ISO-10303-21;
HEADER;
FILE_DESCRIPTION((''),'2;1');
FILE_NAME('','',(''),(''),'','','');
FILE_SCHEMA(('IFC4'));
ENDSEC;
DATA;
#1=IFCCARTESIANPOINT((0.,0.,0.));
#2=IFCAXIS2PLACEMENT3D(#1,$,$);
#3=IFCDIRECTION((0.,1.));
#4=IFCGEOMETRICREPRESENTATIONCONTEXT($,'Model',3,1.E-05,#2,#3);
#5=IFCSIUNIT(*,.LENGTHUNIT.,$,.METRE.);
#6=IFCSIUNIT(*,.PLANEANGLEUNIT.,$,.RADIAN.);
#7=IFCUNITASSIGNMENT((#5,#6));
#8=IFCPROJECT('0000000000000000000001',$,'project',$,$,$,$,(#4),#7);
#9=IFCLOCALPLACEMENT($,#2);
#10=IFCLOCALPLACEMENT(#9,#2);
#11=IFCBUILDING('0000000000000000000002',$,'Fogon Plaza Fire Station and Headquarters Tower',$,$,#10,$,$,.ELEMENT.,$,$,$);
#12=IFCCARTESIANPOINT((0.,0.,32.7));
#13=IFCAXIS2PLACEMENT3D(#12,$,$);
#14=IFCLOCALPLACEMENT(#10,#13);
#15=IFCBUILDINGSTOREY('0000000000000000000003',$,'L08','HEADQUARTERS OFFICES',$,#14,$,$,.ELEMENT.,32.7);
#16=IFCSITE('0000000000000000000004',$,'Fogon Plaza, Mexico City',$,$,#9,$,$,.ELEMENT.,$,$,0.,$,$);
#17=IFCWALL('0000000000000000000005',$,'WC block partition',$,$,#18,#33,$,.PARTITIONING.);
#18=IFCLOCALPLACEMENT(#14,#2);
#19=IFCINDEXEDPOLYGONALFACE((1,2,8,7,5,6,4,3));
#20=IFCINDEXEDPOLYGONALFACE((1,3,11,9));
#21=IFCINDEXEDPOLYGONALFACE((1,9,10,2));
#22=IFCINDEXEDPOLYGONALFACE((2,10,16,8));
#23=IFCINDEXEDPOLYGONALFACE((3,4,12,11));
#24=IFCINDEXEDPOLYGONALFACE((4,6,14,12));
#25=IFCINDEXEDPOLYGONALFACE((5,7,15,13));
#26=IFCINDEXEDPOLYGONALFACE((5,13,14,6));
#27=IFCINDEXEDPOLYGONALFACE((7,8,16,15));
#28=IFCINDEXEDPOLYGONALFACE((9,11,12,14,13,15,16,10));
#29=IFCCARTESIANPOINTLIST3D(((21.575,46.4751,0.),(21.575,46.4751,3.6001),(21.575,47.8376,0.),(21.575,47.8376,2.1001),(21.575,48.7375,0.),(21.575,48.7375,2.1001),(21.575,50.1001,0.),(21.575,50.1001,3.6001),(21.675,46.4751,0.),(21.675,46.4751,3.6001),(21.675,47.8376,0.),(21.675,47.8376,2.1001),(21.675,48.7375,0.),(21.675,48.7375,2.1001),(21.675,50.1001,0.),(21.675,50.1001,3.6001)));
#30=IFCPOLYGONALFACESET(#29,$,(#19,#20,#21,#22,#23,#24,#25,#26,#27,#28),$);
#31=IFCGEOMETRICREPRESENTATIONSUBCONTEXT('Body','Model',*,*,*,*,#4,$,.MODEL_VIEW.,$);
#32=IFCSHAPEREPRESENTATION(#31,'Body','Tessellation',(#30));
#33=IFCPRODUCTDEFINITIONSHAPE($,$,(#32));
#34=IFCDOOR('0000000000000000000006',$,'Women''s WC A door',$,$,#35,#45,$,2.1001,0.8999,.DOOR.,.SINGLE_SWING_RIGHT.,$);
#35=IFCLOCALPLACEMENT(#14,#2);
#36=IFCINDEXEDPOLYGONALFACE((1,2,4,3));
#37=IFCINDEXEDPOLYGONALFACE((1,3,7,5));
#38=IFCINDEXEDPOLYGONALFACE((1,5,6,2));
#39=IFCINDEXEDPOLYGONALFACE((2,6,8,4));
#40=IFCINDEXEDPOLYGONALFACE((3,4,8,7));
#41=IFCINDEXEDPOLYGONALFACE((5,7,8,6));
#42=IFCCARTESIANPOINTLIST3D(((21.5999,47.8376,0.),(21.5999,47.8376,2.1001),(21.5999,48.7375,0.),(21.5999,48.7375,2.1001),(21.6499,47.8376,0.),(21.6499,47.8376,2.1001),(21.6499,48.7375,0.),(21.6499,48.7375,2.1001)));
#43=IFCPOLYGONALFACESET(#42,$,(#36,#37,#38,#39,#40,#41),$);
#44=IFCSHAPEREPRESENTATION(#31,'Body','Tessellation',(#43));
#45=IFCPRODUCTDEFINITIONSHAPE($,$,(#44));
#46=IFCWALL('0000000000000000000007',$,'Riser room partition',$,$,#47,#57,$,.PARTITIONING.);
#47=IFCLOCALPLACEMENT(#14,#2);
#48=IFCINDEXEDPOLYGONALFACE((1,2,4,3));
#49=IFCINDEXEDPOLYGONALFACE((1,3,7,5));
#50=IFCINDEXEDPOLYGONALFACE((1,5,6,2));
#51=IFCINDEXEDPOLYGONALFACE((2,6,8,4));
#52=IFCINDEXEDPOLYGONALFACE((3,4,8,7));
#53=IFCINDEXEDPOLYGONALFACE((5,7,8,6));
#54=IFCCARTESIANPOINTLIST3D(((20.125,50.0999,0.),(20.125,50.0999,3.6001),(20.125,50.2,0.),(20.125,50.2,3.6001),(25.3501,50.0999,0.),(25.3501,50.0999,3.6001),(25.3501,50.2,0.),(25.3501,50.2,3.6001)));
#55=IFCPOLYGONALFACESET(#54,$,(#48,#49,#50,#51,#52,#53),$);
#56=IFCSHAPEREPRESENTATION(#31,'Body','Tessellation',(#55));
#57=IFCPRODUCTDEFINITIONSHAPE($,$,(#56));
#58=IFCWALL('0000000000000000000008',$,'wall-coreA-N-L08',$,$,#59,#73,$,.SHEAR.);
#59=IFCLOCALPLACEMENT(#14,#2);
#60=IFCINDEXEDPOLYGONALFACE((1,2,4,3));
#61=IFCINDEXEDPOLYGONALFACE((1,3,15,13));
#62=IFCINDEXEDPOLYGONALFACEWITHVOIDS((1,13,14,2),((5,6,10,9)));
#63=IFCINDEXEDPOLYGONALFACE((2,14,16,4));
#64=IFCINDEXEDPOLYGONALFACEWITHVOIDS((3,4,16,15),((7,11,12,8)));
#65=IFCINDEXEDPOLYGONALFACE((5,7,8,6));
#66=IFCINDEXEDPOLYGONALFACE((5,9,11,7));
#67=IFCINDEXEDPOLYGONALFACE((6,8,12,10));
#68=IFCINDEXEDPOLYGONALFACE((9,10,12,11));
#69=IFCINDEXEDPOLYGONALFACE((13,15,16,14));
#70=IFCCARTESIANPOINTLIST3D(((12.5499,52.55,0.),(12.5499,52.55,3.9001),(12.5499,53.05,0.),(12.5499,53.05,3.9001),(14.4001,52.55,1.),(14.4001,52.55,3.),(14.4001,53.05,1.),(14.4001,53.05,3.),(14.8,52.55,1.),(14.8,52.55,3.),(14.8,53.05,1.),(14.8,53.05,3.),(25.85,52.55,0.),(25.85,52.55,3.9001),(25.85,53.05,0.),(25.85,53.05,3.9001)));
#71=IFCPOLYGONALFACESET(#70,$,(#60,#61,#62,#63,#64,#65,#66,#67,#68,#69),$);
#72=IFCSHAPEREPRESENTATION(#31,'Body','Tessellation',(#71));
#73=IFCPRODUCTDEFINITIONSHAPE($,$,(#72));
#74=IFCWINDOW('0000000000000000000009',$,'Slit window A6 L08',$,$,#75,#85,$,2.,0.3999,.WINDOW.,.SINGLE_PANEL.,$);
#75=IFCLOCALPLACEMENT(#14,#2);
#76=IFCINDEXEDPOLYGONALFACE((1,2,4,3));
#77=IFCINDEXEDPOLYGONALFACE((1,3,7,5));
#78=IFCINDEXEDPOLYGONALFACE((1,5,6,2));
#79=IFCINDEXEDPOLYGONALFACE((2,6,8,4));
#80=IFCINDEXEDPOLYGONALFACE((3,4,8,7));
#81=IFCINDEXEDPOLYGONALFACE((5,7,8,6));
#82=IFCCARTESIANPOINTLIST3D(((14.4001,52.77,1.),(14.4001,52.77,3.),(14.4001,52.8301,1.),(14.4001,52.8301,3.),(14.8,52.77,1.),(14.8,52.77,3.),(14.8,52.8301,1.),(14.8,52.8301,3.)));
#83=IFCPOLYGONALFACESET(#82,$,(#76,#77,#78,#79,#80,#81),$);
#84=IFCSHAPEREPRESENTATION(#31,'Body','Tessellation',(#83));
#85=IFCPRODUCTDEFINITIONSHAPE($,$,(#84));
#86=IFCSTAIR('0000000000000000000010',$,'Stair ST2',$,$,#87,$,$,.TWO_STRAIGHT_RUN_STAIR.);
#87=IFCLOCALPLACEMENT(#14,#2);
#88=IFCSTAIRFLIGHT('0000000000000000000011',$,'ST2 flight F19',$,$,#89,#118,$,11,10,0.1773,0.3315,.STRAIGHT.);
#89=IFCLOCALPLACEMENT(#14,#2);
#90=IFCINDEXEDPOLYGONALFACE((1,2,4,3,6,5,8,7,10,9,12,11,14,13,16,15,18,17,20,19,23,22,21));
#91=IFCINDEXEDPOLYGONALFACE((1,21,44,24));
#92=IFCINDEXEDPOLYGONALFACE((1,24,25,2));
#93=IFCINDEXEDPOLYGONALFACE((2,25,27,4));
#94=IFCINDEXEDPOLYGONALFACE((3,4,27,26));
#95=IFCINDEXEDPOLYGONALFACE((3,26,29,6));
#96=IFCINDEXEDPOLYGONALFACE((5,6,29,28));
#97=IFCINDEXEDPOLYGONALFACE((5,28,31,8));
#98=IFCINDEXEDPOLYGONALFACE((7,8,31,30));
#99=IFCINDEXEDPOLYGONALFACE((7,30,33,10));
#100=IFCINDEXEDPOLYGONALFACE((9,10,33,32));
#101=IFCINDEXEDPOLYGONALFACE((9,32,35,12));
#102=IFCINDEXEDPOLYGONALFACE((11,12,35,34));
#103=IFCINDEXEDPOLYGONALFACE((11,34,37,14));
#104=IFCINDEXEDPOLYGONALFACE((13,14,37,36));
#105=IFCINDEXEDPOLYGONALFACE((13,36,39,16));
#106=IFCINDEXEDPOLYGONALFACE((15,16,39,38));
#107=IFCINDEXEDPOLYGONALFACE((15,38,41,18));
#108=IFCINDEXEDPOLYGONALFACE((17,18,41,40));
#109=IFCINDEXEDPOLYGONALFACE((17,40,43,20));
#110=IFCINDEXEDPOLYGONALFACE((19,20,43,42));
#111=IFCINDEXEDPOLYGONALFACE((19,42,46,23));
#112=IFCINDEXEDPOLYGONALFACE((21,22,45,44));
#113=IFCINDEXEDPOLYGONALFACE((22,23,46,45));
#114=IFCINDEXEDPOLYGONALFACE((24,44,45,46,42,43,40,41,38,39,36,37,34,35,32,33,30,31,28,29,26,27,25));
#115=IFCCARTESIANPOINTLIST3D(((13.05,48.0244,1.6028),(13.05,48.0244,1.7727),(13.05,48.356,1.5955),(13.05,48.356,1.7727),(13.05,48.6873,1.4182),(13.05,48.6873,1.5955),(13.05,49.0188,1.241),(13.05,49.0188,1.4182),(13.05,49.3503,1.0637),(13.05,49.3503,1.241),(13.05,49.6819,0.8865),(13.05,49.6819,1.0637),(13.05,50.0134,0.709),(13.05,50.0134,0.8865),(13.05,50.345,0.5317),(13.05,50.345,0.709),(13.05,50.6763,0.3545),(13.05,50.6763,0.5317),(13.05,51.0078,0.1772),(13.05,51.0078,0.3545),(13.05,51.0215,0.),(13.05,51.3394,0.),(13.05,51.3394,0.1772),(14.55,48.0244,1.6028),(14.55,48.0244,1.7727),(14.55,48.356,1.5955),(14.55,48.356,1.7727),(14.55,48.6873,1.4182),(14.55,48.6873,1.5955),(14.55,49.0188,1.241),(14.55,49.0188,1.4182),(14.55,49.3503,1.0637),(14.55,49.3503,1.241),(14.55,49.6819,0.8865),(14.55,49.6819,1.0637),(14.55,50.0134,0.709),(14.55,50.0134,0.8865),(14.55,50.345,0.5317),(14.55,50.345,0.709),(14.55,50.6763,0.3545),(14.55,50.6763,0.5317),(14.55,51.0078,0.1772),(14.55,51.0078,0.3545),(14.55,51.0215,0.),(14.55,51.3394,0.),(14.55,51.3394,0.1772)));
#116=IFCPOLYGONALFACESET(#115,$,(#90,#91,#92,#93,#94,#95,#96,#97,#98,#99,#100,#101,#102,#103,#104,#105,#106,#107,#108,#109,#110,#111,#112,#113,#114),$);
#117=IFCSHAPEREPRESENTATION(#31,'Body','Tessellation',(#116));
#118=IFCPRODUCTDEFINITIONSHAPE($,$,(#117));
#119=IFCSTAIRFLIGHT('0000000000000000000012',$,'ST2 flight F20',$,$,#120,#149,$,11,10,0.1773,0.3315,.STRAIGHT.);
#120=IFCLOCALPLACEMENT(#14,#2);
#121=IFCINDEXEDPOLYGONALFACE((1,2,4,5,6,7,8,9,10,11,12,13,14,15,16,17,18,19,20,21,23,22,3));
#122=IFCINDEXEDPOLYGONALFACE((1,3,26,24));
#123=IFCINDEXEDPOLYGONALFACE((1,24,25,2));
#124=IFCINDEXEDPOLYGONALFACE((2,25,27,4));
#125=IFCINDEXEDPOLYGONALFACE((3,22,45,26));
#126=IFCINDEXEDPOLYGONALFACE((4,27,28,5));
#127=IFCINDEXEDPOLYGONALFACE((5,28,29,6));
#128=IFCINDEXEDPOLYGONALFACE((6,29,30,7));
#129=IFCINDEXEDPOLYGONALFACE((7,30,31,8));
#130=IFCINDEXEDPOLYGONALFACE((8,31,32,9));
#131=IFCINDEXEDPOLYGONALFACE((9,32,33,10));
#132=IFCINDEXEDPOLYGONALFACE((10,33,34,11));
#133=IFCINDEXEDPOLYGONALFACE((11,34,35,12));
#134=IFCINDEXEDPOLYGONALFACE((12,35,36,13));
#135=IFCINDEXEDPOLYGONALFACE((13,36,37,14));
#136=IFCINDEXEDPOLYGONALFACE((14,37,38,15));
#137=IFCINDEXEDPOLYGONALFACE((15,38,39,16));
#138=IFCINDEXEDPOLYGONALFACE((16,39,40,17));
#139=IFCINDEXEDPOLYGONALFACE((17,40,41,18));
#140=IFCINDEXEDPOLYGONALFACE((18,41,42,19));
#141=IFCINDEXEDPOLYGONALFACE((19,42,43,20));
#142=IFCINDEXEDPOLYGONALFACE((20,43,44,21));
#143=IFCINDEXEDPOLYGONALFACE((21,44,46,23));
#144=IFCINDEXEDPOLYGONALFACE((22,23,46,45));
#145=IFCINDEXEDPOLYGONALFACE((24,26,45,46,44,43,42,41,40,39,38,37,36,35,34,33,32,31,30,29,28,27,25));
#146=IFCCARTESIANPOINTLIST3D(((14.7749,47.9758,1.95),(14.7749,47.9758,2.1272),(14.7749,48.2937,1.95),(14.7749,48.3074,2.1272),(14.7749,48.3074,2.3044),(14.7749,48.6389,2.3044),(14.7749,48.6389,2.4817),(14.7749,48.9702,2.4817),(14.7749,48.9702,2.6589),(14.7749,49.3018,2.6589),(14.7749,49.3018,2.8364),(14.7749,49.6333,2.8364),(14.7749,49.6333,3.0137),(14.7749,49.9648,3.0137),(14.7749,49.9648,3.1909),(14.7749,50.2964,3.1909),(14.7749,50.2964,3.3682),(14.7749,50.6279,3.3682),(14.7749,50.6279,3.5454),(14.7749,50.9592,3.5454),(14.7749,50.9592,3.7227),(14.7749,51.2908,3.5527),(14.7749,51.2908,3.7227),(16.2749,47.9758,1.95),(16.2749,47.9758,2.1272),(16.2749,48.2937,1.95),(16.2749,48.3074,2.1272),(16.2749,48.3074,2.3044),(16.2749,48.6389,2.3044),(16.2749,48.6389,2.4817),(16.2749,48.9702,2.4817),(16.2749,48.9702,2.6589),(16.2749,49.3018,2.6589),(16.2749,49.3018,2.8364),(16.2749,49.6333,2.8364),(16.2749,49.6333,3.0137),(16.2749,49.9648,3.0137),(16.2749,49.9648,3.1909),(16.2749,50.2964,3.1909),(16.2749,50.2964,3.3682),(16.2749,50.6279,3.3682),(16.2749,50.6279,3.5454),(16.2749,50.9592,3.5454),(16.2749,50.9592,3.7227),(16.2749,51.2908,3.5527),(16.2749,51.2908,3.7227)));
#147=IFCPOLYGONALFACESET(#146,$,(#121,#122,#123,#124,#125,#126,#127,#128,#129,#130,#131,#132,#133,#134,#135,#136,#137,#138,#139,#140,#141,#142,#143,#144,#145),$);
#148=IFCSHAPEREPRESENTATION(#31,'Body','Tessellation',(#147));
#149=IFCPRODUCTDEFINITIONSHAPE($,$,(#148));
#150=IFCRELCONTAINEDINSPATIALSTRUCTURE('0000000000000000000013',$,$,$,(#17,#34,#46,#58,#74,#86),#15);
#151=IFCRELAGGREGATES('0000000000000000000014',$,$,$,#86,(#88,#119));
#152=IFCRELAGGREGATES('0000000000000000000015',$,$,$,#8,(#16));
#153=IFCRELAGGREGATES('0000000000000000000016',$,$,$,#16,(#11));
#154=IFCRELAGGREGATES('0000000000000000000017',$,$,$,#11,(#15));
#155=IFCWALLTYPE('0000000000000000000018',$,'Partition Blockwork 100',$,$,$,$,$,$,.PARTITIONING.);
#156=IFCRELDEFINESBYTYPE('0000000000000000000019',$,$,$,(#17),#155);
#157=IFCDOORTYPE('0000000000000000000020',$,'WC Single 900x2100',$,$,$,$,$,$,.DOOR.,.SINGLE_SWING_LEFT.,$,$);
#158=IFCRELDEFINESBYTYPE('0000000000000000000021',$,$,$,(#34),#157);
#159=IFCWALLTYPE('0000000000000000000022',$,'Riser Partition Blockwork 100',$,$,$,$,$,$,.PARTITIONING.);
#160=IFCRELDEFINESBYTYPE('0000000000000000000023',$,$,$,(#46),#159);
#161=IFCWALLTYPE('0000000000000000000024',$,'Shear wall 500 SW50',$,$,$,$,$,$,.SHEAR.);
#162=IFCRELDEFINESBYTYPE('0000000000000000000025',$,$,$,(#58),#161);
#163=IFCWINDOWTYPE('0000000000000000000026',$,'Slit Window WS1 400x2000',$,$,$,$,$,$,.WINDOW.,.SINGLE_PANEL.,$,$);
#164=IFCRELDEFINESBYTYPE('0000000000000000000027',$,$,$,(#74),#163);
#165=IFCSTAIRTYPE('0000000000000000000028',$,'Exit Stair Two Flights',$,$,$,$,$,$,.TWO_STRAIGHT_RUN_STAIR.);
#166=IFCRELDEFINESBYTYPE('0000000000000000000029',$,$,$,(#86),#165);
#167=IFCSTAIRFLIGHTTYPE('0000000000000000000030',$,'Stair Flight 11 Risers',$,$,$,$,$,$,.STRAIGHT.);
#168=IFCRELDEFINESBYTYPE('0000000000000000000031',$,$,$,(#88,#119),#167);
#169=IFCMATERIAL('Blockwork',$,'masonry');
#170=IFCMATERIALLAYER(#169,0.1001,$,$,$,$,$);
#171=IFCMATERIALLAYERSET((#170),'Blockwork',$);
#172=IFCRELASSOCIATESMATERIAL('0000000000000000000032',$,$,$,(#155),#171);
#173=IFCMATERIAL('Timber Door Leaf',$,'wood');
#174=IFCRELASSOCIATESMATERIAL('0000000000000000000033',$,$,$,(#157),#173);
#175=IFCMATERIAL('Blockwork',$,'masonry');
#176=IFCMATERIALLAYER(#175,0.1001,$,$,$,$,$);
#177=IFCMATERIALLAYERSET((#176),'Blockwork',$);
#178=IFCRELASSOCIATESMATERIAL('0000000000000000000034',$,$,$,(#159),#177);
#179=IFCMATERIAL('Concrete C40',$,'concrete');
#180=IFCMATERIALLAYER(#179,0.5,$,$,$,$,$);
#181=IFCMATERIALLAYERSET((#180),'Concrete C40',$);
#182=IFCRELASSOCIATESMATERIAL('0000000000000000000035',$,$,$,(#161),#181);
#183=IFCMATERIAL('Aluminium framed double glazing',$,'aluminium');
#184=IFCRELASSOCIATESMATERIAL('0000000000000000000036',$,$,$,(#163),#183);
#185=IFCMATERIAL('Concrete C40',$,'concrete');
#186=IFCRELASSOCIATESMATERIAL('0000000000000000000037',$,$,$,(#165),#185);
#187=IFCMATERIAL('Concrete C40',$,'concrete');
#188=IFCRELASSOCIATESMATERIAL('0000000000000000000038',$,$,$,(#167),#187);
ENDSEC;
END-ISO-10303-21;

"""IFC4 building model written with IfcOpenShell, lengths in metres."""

from ifc_helpers import new_model, si_unit, direction, frame, frame_2d, origin, place, context, subcontext, project, spatial, polyline, rectangle, outline, extrude, material, layer, layer_set, type_object, element, fill, aggregate, save


model = new_model("IFC4")

# Units and contexts
model_context = context("Model", 3, precision=1e-05, world=origin(), true_north=direction((0.0, 1.0)))
body_context = subcontext(model_context, "Body", "Model", "MODEL_VIEW")
ifc_project = project(units=[si_unit("LENGTHUNIT", "METRE"), si_unit("PLANEANGLEUNIT", "RADIAN")], contexts=[model_context])

# Site, building, storey
site_placement = place(None, origin())
site = spatial("IfcSite", under=ifc_project, at=site_placement, Name="Fogon Plaza, Mexico City", CompositionType="ELEMENT", RefElevation=0.0)
building_placement = place(site_placement, origin())
building = spatial("IfcBuilding", under=site, at=building_placement, Name="Fogon Plaza Fire Station and Headquarters Tower", CompositionType="ELEMENT")
storey_placement = place(building_placement, frame((0.0, 0.0, 32.7)))
storey = spatial("IfcBuildingStorey", under=building, at=storey_placement, Name="L08", Description="HEADQUARTERS OFFICES", CompositionType="ELEMENT", Elevation=32.7)

# Wall, opening, door
ifc_material_1 = material(Name="Blockwork", Category="masonry")
ifc_layer_1 = layer(ifc_material_1, 0.1001)
ifc_layer_set_1 = layer_set([ifc_layer_1], Name="Blockwork")
wall_type_1 = type_object("IfcWallType", Name="Partition Blockwork 100", PredefinedType="PARTITIONING", material=ifc_layer_set_1)
wall_1_placement = place(storey_placement, frame((21.625, 46.4751, 0.0), z_axis=(0.0, 0.0, 1.0), x_axis=(0.0, 1.0, 0.0)))
wall_1 = element("IfcWall", 1, at=wall_1_placement, inside=storey, type_object=wall_type_1, Name="WC block partition", PredefinedType="PARTITIONING", context=body_context, shape_type="SweptSolid", body=[
    extrude(rectangle(XDim=3.625, YDim=0.1001, at=frame_2d((1.8125, 0.0))), origin(), (0.0, 0.0, 1.0), 3.6001),
])
opening_1_placement = place(wall_1_placement, frame((1.3625, 0.0, 0.0)))
opening_1 = element("IfcOpeningElement", 2, at=opening_1_placement, cuts=wall_1, PredefinedType="OPENING", context=body_context, shape_type="SweptSolid", body=[
    extrude(rectangle(XDim=0.8999, YDim=2.1001, at=frame_2d((0.45, 1.05))), frame((0.0, 0.0601, 0.0), z_axis=(0.0, -1.0, 0.0), x_axis=(1.0, 0.0, 0.0)), (0.0, 0.0, 1.0), 0.1201),
])
ifc_material_2 = material(Name="Timber Door Leaf", Category="wood")
door_type_1 = type_object("IfcDoorType", Name="WC Single 900x2100", OperationType="SINGLE_SWING_LEFT", PredefinedType="DOOR", material=ifc_material_2)
door_1_placement = place(opening_1_placement, frame((0.8999, 0.0, 0.0), z_axis=(0.0, 0.0, 1.0), x_axis=(-1.0, 0.0, 0.0)))
door_1 = element("IfcDoor", 3, at=door_1_placement, inside=storey, type_object=door_type_1, Name="Women's WC A door", OperationType="SINGLE_SWING_RIGHT", OverallHeight=2.1001, OverallWidth=0.8999, PredefinedType="DOOR", context=body_context, shape_type="SweptSolid", body=[
    extrude(rectangle(XDim=0.8999, YDim=2.1001, at=frame_2d((0.45, 1.05))), frame((0.0, 0.0249, 0.0), z_axis=(0.0, -1.0, 0.0), x_axis=(1.0, 0.0, 0.0)), (0.0, 0.0, 1.0), 0.05),
])
fill(opening_1, door_1)

# Wall
ifc_material_3 = material(Name="Blockwork", Category="masonry")
ifc_layer_2 = layer(ifc_material_3, 0.1001)
ifc_layer_set_2 = layer_set([ifc_layer_2], Name="Blockwork")
wall_type_2 = type_object("IfcWallType", Name="Riser Partition Blockwork 100", PredefinedType="PARTITIONING", material=ifc_layer_set_2)
wall_2_placement = place(storey_placement, frame((20.125, 50.1499, 0.0), z_axis=(0.0, 0.0, 1.0), x_axis=(1.0, 0.0, 0.0)))
element("IfcWall", 4, at=wall_2_placement, inside=storey, type_object=wall_type_2, Name="Riser room partition", PredefinedType="PARTITIONING", context=body_context, shape_type="SweptSolid", body=[
    extrude(rectangle(XDim=5.2251, YDim=0.1001, at=frame_2d((2.6125, 0.0))), origin(), (0.0, 0.0, 1.0), 3.6001),
])

# Wall, opening, window
ifc_material_4 = material(Name="Concrete C40", Category="concrete")
ifc_layer_3 = layer(ifc_material_4, 0.5)
ifc_layer_set_3 = layer_set([ifc_layer_3], Name="Concrete C40")
wall_type_3 = type_object("IfcWallType", Name="Shear wall 500 SW50", PredefinedType="SHEAR", material=ifc_layer_set_3)
wall_3_placement = place(storey_placement, frame((12.55, 52.8, 0.0), z_axis=(0.0, 0.0, 1.0), x_axis=(1.0, 0.0, 0.0)))
wall_3 = element("IfcWall", 5, at=wall_3_placement, inside=storey, type_object=wall_type_3, Name="wall-coreA-N-L08", PredefinedType="SHEAR", context=body_context, shape_type="SweptSolid", body=[
    extrude(rectangle(XDim=13.3, YDim=0.5, at=frame_2d((6.6499, 0.0))), origin(), (0.0, 0.0, 1.0), 3.9001),
])
opening_2_placement = place(wall_3_placement, frame((1.8501, 0.0, 1.0)))
opening_2 = element("IfcOpeningElement", 6, at=opening_2_placement, cuts=wall_3, PredefinedType="OPENING", context=body_context, shape_type="SweptSolid", body=[
    extrude(rectangle(XDim=0.3999, YDim=2.0, at=frame_2d((0.2, 1.0))), frame((0.0, 0.26, 0.0), z_axis=(0.0, -1.0, 0.0), x_axis=(1.0, 0.0, 0.0)), (0.0, 0.0, 1.0), 0.52),
])
ifc_material_5 = material(Name="Aluminium framed double glazing", Category="aluminium")
window_type = type_object("IfcWindowType", Name="Slit Window WS1 400x2000", PartitioningType="SINGLE_PANEL", PredefinedType="WINDOW", material=ifc_material_5)
window_placement = place(opening_2_placement, origin())
window = element("IfcWindow", 7, at=window_placement, inside=storey, type_object=window_type, Name="Slit window A6 L08", OverallHeight=2.0, OverallWidth=0.3999, PartitioningType="SINGLE_PANEL", PredefinedType="WINDOW", context=body_context, shape_type="SweptSolid", body=[
    extrude(rectangle(XDim=0.3999, YDim=2.0, at=frame_2d((0.2, 1.0))), frame((0.0, 0.03, 0.0), z_axis=(0.0, -1.0, 0.0), x_axis=(1.0, 0.0, 0.0)), (0.0, 0.0, 1.0), 0.0601),
])
fill(opening_2, window)

# Stair, stair flights
ifc_material_6 = material(Name="Concrete C40", Category="concrete")
stair_type = type_object("IfcStairType", Name="Exit Stair Two Flights", PredefinedType="TWO_STRAIGHT_RUN_STAIR", material=ifc_material_6)
stair_placement = place(storey_placement, origin())
stair = element("IfcStair", 8, at=stair_placement, inside=storey, type_object=stair_type, Name="Stair ST2", PredefinedType="TWO_STRAIGHT_RUN_STAIR")
ifc_material_7 = material(Name="Concrete C40", Category="concrete")
stair_flight_type = type_object("IfcStairFlightType", Name="Stair Flight 11 Risers", PredefinedType="STRAIGHT", material=ifc_material_7)
stair_flight_1_placement = place(storey_placement, frame((13.8, 51.3394, 0.0), z_axis=(0.0, 0.0, 1.0), x_axis=(0.0, -1.0, 0.0)))
stair_flight_1 = element("IfcStairFlight", 9, at=stair_flight_1_placement, type_object=stair_flight_type, Name="ST2 flight F19", NumberOfRisers=11, NumberOfTreads=10, PredefinedType="STRAIGHT", RiserHeight=0.1773, TreadLength=0.3315, context=body_context, shape_type="SweptSolid", body=[
    extrude(outline(polyline([(0.0, 0.0), (0.0, 0.1772), (0.3315, 0.1772), (0.3315, 0.3545), (0.6631, 0.3545), (0.6631, 0.5317), (0.9944, 0.5317), (0.9944, 0.709), (1.3259, 0.709), (1.3259, 0.8865), (1.6575, 0.8865), (1.6575, 1.0637), (1.989, 1.0637), (1.989, 1.241), (2.3206, 1.241), (2.3206, 1.4182), (2.6521, 1.4182), (2.6521, 1.5955), (2.9834, 1.5955), (2.9834, 1.7727), (3.3149, 1.7727), (3.3149, 1.95), (3.3149, 1.6028), (0.3179, 0.0), (0.0, 0.0)])), frame((0.0, 0.75, 0.0), z_axis=(0.0, -1.0, 0.0), x_axis=(1.0, 0.0, 0.0)), (0.0, 0.0, 1.0), 1.5),
])
stair_flight_2_placement = place(storey_placement, frame((15.5249, 47.9758, 1.95), z_axis=(0.0, 0.0, 1.0), x_axis=(0.0, 1.0, 0.0)))
stair_flight_2 = element("IfcStairFlight", 10, at=stair_flight_2_placement, type_object=stair_flight_type, Name="ST2 flight F20", NumberOfRisers=11, NumberOfTreads=10, PredefinedType="STRAIGHT", RiserHeight=0.1773, TreadLength=0.3315, context=body_context, shape_type="SweptSolid", body=[
    extrude(outline(polyline([(0.0, 0.0), (0.0, 0.1772), (0.3315, 0.1772), (0.3315, 0.3545), (0.6631, 0.3545), (0.6631, 0.5317), (0.9944, 0.5317), (0.9944, 0.709), (1.3259, 0.709), (1.3259, 0.8865), (1.6575, 0.8865), (1.6575, 1.0637), (1.989, 1.0637), (1.989, 1.241), (2.3206, 1.241), (2.3206, 1.4182), (2.6521, 1.4182), (2.6521, 1.5955), (2.9834, 1.5955), (2.9834, 1.7727), (3.3149, 1.7727), (3.3149, 1.95), (3.3149, 1.6028), (0.3179, 0.0), (0.0, 0.0)])), frame((0.0, 0.75, 0.0), z_axis=(0.0, -1.0, 0.0), x_axis=(1.0, 0.0, 0.0)), (0.0, 0.0, 1.0), 1.5),
])
aggregate(stair, [stair_flight_1, stair_flight_2])

save(model, "model.ifc")
